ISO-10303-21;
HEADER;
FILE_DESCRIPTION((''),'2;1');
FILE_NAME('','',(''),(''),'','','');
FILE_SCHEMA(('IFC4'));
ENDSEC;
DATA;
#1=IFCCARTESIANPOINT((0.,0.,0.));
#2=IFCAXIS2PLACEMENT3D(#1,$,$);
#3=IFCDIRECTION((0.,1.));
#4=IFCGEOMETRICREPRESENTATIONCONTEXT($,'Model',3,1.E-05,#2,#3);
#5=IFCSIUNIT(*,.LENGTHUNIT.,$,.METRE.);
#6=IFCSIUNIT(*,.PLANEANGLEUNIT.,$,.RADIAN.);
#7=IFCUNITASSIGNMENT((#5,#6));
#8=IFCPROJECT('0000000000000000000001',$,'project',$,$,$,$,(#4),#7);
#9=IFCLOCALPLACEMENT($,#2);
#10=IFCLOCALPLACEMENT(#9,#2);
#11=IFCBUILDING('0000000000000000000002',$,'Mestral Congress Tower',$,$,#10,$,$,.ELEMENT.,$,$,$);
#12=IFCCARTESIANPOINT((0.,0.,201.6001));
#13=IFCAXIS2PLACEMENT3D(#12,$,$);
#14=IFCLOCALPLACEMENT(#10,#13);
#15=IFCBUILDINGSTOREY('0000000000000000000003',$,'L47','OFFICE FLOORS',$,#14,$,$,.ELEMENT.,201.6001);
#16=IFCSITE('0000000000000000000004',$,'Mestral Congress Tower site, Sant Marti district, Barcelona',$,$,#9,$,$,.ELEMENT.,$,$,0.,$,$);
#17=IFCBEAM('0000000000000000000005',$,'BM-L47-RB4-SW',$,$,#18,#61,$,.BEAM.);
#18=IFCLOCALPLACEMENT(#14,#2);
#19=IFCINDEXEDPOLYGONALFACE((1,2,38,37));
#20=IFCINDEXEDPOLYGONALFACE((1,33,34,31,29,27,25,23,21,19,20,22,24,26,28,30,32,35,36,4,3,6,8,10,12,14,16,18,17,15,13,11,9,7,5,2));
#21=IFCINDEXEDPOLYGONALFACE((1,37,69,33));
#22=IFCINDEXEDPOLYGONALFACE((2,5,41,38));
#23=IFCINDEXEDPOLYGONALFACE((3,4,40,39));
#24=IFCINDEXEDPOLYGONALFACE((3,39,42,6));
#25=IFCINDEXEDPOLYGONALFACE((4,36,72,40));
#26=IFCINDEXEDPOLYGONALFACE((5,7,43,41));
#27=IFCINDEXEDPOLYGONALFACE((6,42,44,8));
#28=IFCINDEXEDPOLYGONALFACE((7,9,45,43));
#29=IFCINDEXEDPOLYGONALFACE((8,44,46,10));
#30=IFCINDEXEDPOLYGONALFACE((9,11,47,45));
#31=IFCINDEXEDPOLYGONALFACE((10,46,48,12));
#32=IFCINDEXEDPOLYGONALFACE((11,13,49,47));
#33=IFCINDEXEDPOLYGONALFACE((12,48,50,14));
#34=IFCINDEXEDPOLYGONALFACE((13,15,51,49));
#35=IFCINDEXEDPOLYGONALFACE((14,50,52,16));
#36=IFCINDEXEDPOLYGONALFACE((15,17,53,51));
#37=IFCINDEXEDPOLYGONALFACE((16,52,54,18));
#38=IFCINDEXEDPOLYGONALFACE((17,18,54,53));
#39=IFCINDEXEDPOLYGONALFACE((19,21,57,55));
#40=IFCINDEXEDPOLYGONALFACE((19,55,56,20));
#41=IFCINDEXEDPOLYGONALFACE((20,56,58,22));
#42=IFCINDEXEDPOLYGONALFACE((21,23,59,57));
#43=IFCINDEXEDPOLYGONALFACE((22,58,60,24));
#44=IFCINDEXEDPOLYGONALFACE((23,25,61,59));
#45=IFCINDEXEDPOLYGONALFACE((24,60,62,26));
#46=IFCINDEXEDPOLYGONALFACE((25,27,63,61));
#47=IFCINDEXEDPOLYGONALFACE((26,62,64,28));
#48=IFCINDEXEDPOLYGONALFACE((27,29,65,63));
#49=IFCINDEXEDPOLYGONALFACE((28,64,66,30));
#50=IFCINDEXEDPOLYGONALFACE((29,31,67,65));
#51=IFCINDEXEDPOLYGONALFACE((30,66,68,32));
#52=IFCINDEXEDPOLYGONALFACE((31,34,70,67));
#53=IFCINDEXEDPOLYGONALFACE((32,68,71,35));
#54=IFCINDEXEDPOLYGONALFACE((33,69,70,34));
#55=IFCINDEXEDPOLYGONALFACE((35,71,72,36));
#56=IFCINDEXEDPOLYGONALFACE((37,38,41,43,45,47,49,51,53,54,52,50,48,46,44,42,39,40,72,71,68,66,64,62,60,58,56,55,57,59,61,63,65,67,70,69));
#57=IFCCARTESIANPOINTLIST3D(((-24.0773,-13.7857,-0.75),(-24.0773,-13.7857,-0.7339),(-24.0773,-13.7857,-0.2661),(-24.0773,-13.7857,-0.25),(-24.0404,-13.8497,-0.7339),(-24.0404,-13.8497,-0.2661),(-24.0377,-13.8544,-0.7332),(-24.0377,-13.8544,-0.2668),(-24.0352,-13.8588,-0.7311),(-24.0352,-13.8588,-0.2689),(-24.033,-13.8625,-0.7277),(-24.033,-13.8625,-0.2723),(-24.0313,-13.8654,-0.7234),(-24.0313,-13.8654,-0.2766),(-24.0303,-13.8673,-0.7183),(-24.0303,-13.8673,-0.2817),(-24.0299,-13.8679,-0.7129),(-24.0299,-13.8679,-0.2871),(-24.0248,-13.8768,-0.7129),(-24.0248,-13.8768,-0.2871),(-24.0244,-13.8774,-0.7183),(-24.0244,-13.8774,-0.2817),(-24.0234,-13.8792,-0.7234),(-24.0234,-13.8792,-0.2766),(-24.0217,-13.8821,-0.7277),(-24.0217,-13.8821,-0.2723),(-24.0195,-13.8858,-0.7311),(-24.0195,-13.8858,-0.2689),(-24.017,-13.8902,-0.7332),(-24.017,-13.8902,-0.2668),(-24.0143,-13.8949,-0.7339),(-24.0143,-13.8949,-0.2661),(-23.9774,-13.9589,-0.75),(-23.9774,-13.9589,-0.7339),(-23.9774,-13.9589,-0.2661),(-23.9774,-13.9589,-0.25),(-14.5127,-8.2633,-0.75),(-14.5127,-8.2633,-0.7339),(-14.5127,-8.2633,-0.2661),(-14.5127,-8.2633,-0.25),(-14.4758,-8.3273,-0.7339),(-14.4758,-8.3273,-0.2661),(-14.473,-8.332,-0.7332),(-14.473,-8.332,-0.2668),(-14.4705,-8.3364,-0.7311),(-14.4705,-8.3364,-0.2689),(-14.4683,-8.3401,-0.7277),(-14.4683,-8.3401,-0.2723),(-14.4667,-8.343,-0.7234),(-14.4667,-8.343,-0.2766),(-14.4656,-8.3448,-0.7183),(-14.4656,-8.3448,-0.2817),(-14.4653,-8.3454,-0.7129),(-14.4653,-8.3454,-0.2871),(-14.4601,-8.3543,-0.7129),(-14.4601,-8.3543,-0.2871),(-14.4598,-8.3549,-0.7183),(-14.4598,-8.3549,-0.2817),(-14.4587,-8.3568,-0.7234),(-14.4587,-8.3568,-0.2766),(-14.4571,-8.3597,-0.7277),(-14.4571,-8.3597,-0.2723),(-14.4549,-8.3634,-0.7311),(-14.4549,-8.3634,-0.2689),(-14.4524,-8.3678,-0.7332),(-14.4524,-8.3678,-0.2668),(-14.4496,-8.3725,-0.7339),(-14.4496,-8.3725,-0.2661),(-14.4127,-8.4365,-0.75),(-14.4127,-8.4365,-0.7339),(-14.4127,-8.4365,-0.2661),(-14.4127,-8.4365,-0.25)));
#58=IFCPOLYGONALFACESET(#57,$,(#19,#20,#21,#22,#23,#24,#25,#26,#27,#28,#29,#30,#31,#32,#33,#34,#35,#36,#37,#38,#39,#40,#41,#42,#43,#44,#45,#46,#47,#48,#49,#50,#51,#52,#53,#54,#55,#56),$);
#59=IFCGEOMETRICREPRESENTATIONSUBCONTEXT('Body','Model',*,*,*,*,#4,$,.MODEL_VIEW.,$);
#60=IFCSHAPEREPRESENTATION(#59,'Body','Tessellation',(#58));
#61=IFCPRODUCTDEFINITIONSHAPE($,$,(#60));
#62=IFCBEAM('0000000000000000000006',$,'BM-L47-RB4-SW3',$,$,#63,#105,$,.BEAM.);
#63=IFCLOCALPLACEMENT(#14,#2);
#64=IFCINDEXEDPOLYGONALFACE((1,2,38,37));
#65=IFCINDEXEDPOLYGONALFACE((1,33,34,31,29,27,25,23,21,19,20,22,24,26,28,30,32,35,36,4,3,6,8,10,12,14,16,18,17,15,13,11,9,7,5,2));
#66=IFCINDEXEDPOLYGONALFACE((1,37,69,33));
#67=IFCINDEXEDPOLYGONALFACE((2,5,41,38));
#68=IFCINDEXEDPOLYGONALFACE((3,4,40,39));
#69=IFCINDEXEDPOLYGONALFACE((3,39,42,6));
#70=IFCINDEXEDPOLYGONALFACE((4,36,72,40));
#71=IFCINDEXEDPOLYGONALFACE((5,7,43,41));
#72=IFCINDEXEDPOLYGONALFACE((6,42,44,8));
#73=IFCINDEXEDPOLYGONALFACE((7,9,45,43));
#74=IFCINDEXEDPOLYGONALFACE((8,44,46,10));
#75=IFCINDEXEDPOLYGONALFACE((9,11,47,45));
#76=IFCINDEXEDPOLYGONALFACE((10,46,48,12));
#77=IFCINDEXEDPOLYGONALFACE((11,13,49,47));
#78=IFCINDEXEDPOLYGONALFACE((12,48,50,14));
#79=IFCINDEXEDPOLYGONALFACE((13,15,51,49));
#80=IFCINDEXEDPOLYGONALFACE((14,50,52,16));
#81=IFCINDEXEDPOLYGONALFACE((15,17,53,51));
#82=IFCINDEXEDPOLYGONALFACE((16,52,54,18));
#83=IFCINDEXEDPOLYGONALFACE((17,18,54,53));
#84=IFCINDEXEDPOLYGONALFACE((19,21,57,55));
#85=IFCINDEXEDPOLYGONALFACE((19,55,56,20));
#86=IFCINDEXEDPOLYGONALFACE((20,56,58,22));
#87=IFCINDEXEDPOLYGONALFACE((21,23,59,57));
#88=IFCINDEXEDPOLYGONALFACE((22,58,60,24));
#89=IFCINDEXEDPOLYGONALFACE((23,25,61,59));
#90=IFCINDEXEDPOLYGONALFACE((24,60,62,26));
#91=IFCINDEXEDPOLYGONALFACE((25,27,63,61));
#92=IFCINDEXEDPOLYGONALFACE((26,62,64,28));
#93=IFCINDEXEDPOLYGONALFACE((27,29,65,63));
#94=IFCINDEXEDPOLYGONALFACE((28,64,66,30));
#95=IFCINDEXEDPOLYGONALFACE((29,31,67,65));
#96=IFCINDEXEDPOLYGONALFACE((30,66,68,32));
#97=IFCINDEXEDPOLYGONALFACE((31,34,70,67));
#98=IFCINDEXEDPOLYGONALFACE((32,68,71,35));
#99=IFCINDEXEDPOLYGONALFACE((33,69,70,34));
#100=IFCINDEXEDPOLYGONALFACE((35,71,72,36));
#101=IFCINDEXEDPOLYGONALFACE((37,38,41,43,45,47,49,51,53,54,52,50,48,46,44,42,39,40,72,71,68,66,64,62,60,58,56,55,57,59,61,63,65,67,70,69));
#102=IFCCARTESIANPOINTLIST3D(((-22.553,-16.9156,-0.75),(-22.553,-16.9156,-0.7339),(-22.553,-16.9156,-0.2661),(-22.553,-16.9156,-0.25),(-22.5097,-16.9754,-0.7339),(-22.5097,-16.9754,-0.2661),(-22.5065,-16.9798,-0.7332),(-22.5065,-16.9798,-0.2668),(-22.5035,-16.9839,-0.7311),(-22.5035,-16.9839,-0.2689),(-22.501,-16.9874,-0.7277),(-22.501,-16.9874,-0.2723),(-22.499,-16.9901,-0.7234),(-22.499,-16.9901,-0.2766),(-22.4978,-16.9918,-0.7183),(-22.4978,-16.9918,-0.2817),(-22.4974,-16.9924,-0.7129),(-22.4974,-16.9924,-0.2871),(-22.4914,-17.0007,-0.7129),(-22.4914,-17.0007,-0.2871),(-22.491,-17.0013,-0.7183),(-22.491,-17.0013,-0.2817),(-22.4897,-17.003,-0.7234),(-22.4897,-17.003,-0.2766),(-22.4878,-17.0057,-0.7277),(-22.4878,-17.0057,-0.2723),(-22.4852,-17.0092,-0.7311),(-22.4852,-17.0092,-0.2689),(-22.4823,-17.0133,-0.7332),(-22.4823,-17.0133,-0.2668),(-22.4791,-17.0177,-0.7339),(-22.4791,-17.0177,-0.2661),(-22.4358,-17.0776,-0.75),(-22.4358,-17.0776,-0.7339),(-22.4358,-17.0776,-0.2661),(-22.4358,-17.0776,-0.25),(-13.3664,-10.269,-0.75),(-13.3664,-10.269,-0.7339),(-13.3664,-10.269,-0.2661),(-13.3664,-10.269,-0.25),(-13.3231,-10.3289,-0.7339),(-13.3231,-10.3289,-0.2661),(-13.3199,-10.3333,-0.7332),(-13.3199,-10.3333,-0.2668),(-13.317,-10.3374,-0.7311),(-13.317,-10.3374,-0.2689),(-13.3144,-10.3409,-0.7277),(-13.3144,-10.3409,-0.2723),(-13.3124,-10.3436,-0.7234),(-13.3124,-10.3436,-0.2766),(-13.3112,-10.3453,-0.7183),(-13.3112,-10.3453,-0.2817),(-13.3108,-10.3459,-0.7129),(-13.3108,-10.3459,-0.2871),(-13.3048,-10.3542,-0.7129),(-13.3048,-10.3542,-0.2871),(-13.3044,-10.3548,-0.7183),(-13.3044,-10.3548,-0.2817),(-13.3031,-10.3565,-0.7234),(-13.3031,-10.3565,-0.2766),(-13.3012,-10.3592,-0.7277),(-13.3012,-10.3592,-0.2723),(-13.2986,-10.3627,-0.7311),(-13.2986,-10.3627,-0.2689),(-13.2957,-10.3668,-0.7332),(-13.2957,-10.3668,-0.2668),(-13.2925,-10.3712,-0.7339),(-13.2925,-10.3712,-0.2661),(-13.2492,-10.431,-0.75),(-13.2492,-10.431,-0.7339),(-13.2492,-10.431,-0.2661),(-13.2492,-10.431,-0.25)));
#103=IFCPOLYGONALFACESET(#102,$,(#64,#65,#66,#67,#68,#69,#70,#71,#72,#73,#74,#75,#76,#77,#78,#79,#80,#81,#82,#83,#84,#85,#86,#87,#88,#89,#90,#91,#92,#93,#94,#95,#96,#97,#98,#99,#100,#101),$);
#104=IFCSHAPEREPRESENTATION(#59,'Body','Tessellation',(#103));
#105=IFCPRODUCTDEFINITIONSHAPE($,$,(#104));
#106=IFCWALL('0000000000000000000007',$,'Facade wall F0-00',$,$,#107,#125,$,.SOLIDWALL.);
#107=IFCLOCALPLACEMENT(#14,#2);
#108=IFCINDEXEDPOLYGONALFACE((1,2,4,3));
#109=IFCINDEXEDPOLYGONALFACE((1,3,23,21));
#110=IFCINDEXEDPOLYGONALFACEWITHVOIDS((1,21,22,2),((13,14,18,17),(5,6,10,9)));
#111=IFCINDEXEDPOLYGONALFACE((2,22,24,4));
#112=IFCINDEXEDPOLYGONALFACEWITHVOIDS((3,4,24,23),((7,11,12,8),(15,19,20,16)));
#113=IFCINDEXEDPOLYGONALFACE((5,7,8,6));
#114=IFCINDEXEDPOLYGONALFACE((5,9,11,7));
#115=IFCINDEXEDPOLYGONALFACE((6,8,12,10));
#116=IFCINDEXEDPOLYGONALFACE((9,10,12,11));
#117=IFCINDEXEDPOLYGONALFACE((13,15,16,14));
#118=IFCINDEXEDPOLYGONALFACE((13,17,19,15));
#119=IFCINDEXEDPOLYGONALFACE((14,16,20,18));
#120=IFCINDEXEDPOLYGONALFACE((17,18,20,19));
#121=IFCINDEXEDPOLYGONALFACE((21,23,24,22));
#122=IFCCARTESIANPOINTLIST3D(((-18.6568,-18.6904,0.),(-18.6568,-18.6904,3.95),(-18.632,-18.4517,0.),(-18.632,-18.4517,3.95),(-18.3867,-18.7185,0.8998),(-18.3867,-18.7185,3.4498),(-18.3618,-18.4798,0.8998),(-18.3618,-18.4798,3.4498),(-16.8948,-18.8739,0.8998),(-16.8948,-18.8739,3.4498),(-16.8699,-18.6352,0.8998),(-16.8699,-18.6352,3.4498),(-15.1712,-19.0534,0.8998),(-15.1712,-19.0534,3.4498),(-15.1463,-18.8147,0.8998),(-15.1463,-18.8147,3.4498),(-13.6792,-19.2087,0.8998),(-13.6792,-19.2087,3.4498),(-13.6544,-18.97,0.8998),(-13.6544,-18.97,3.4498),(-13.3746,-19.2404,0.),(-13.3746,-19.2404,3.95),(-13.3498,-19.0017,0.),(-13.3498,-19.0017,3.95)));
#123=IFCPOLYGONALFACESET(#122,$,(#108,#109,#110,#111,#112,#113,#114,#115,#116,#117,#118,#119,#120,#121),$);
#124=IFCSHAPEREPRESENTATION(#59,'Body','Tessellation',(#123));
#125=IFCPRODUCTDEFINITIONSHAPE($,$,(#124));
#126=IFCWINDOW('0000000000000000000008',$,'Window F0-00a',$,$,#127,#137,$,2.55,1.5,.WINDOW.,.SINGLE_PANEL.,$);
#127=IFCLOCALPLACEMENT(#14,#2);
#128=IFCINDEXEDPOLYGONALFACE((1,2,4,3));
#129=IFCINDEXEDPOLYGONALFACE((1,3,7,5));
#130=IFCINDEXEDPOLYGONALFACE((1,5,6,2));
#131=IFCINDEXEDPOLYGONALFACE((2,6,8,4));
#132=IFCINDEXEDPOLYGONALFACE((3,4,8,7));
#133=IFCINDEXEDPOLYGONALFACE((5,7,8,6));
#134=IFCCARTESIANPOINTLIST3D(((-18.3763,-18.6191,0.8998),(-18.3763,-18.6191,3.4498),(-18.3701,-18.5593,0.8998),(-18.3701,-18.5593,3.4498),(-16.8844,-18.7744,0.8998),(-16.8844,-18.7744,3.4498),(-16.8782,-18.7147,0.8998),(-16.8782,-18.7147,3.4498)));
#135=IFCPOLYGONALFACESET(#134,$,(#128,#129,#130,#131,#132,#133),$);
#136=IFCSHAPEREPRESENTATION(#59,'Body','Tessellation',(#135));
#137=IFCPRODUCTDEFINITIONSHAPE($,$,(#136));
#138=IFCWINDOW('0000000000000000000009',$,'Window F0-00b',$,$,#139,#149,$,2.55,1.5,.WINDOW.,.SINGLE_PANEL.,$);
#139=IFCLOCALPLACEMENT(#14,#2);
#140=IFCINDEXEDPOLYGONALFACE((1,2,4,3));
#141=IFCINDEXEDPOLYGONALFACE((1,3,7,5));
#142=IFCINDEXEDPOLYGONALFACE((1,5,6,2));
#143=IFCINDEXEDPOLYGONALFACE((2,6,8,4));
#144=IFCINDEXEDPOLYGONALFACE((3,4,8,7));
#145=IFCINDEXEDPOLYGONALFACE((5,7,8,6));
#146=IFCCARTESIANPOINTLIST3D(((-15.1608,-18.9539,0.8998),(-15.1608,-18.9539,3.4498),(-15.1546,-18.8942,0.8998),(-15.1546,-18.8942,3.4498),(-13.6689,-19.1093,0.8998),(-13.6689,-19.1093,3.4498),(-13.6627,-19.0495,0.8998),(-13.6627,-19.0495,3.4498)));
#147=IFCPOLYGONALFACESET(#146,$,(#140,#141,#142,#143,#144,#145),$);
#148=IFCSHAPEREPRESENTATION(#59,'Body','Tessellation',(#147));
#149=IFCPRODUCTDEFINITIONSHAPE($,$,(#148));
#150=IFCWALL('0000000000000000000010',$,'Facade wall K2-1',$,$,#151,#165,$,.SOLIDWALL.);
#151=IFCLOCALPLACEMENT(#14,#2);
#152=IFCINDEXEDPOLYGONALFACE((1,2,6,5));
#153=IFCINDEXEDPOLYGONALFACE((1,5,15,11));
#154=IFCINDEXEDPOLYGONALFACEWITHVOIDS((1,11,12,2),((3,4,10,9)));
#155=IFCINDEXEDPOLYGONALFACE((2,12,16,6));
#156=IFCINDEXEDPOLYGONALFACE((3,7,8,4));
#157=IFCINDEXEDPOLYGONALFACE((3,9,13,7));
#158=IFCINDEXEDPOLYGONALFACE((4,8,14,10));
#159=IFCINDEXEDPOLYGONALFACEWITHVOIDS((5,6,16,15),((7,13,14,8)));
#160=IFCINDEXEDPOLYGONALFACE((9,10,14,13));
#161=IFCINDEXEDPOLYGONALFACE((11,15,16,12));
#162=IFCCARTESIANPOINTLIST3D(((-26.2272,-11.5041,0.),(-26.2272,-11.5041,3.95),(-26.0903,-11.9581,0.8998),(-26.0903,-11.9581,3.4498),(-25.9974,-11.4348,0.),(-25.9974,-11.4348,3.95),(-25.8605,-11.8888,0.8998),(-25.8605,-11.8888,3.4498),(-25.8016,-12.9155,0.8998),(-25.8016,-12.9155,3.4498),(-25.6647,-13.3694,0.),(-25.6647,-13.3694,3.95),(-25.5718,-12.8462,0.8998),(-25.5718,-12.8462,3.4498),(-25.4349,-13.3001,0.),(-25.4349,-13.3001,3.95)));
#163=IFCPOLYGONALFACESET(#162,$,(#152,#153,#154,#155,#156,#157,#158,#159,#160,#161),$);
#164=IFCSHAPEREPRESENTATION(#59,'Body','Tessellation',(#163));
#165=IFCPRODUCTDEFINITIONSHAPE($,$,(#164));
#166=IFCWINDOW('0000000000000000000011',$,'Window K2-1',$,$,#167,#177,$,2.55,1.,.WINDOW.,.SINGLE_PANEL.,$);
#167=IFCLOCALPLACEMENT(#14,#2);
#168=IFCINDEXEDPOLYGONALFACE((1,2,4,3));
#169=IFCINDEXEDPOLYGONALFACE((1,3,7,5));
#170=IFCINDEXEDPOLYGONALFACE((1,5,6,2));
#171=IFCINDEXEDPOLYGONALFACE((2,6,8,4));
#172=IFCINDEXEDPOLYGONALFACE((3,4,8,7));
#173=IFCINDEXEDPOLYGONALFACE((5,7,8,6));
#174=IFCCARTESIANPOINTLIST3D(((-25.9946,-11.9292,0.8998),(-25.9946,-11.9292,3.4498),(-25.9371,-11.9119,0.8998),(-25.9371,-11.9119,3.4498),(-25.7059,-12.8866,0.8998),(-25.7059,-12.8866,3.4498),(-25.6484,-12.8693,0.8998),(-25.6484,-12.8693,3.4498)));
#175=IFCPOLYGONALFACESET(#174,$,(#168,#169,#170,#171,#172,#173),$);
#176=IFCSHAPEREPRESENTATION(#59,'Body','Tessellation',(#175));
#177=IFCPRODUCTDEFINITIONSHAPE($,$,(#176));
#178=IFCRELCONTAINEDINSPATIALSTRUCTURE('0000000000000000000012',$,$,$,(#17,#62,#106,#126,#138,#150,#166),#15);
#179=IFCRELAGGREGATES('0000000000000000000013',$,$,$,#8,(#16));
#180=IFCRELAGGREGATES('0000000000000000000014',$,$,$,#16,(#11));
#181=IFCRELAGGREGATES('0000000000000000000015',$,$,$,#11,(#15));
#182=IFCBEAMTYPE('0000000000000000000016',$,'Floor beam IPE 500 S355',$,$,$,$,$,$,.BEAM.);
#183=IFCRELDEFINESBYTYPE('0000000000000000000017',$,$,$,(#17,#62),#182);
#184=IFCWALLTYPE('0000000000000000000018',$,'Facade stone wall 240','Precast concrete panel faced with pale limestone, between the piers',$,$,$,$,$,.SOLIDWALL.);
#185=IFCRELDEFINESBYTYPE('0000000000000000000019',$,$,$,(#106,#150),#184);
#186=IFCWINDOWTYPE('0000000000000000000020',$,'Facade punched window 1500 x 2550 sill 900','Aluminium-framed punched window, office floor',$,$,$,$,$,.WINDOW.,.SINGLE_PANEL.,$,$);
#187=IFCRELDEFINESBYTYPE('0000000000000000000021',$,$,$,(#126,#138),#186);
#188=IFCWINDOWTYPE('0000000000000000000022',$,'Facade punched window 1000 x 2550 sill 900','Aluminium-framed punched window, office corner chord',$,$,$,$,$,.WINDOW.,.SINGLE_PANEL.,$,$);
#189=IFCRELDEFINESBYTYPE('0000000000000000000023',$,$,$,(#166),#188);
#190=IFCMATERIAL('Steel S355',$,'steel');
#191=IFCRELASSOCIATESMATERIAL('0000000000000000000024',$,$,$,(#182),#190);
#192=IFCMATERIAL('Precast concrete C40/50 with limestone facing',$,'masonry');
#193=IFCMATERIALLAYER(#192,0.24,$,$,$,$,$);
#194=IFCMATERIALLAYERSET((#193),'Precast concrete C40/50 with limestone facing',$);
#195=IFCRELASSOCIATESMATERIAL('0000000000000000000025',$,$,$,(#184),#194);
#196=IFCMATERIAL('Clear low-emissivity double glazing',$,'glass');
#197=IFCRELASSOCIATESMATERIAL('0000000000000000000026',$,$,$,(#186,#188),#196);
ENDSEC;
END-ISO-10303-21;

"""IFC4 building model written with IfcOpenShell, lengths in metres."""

from ifc_helpers import new_model, si_unit, direction, frame, frame_2d, origin, origin_2d, place, context, subcontext, project, spatial, rectangle, i_section, extrude, material, layer, layer_set, material_profile, profile_set, type_object, element, fill, save


model = new_model("IFC4")

# Units and contexts
model_context = context("Model", 3, precision=1e-05, world=origin(), true_north=direction((0.0, 1.0)))
body_context = subcontext(model_context, "Body", "Model", "MODEL_VIEW")
ifc_project = project(units=[si_unit("LENGTHUNIT", "METRE"), si_unit("PLANEANGLEUNIT", "RADIAN")], contexts=[model_context])

# Site, building, storey
site_placement = place(None, origin())
site = spatial("IfcSite", under=ifc_project, at=site_placement, Name="Mestral Congress Tower site, Sant Marti district, Barcelona", CompositionType="ELEMENT", RefElevation=0.0)
building_placement = place(site_placement, origin())
building = spatial("IfcBuilding", under=site, at=building_placement, Name="Mestral Congress Tower", CompositionType="ELEMENT")
storey_placement = place(building_placement, frame((0.0, 0.0, 201.6001)))
storey = spatial("IfcBuildingStorey", under=building, at=storey_placement, Name="L47", Description="OFFICE FLOORS", CompositionType="ELEMENT", Elevation=201.6001)

# Beams
ifc_material_1 = material(Name="Steel S355", Category="steel")
ifc_material_profile_1 = material_profile(ifc_material_1, i_section(OverallWidth=0.2, OverallDepth=0.5, WebThickness=0.0103, FlangeThickness=0.0161, FilletRadius=0.021, at=origin_2d()), Name="IPE 500")
ifc_profile_set_1 = profile_set([ifc_material_profile_1], Name="Steel S355")
beam_type_1 = type_object("IfcBeamType", Name="Floor beam IPE 500 S355", PredefinedType="BEAM", material=ifc_profile_set_1)
beam_1_placement = place(storey_placement, frame((-24.0273, -13.8723, -0.5), z_axis=(0.866014, 0.500019, 0.0), x_axis=(-0.500019, 0.866014, 0.0)))
element("IfcBeam", 1, at=beam_1_placement, inside=storey, type_object=beam_type_1, Name="BM-L47-RB4-SW", PredefinedType="BEAM", context=body_context, shape_type="SweptSolid", body=[
    extrude(i_section(OverallWidth=0.2, OverallDepth=0.5, WebThickness=0.0103, FlangeThickness=0.0161, FilletRadius=0.021, at=origin_2d()), origin(), (0.0, 0.0, 1.0), 11.0444),
])
beam_2_placement = place(storey_placement, frame((-22.4944, -16.9966, -0.5), z_axis=(0.810186, 0.586173, 0.0), x_axis=(-0.586173, 0.810186, 0.0)))
element("IfcBeam", 2, at=beam_2_placement, inside=storey, type_object=beam_type_1, Name="BM-L47-RB4-SW3", PredefinedType="BEAM", context=body_context, shape_type="SweptSolid", body=[
    extrude(i_section(OverallWidth=0.2, OverallDepth=0.5, WebThickness=0.0103, FlangeThickness=0.0161, FilletRadius=0.021, at=origin_2d()), origin(), (0.0, 0.0, 1.0), 11.3389),
])

# Wall, openings, windows
ifc_material_2 = material(Name="Precast concrete C40/50 with limestone facing", Category="masonry")
ifc_layer_1 = layer(ifc_material_2, 0.24)
ifc_layer_set_1 = layer_set([ifc_layer_1], Name="Precast concrete C40/50 with limestone facing")
wall_type_1 = type_object("IfcWallType", Name="Facade stone wall 240", Description="Precast concrete panel faced with pale limestone, between the piers", PredefinedType="SOLIDWALL", material=ifc_layer_set_1)
wall_1_placement = place(storey_placement, frame((-18.6443, -18.571, 0.0), z_axis=(0.0, 0.0, 1.0), x_axis=(0.994622, -0.103572, 0.0)))
wall_1 = element("IfcWall", 3, at=wall_1_placement, inside=storey, type_object=wall_type_1, Name="Facade wall F0-00", PredefinedType="SOLIDWALL", context=body_context, shape_type="SweptSolid", body=[
    extrude(rectangle(XDim=5.3108, YDim=0.24, at=frame_2d((2.6553, 0.0))), origin(), (0.0, 0.0, 1.0), 3.95),
])
opening_1_placement = place(wall_1_placement, frame((0.2715, 0.0, 0.8999)))
opening_1 = element("IfcOpeningElement", 4, at=opening_1_placement, cuts=wall_1, PredefinedType="OPENING", context=body_context, shape_type="SweptSolid", body=[
    extrude(rectangle(XDim=1.5, YDim=2.55, at=frame_2d((0.75, 1.2749))), frame((0.0, 0.1299, 0.0), z_axis=(0.0, -1.0, 0.0), x_axis=(1.0, 0.0, 0.0)), (0.0, 0.0, 1.0), 0.26),
])
opening_2_placement = place(wall_1_placement, frame((3.5044, 0.0, 0.8999)))
opening_2 = element("IfcOpeningElement", 5, at=opening_2_placement, cuts=wall_1, PredefinedType="OPENING", context=body_context, shape_type="SweptSolid", body=[
    extrude(rectangle(XDim=1.5, YDim=2.55, at=frame_2d((0.75, 1.2749))), frame((0.0, 0.1299, 0.0), z_axis=(0.0, -1.0, 0.0), x_axis=(1.0, 0.0, 0.0)), (0.0, 0.0, 1.0), 0.26),
])
ifc_material_3 = material(Name="Clear low-emissivity double glazing", Category="glass")
window_type_1 = type_object("IfcWindowType", Name="Facade punched window 1500 x 2550 sill 900", Description="Aluminium-framed punched window, office floor", PartitioningType="SINGLE_PANEL", PredefinedType="WINDOW", material=ifc_material_3)
window_1_placement = place(opening_1_placement, origin())
window_1 = element("IfcWindow", 6, at=window_1_placement, inside=storey, type_object=window_type_1, Name="Window F0-00a", OverallHeight=2.55, OverallWidth=1.5, PartitioningType="SINGLE_PANEL", PredefinedType="WINDOW", context=body_context, shape_type="SweptSolid", body=[
    extrude(rectangle(XDim=1.5, YDim=2.55, at=frame_2d((0.75, 1.2749))), frame((0.0, 0.04, 0.0), z_axis=(0.0, -1.0, 0.0), x_axis=(1.0, 0.0, 0.0)), (0.0, 0.0, 1.0), 0.0601),
])
fill(opening_1, window_1)
window_2_placement = place(opening_2_placement, origin())
window_2 = element("IfcWindow", 7, at=window_2_placement, inside=storey, type_object=window_type_1, Name="Window F0-00b", OverallHeight=2.55, OverallWidth=1.5, PartitioningType="SINGLE_PANEL", PredefinedType="WINDOW", context=body_context, shape_type="SweptSolid", body=[
    extrude(rectangle(XDim=1.5, YDim=2.55, at=frame_2d((0.75, 1.2749))), frame((0.0, 0.04, 0.0), z_axis=(0.0, -1.0, 0.0), x_axis=(1.0, 0.0, 0.0)), (0.0, 0.0, 1.0), 0.0601),
])
fill(opening_2, window_2)

# Wall, opening, window
wall_2_placement = place(storey_placement, frame((-26.1123, -11.4695, 0.0), z_axis=(0.0, 0.0, 1.0), x_axis=(0.288727, -0.957411, 0.0)))
wall_2 = element("IfcWall", 8, at=wall_2_placement, inside=storey, type_object=wall_type_1, Name="Facade wall K2-1", PredefinedType="SOLIDWALL", context=body_context, shape_type="SweptSolid", body=[
    extrude(rectangle(XDim=1.9482, YDim=0.24, at=frame_2d((0.9741, 0.0))), origin(), (0.0, 0.0, 1.0), 3.95),
])
opening_3_placement = place(wall_2_placement, frame((0.4741, 0.0, 0.8999)))
opening_3 = element("IfcOpeningElement", 9, at=opening_3_placement, cuts=wall_2, PredefinedType="OPENING", context=body_context, shape_type="SweptSolid", body=[
    extrude(rectangle(XDim=1.0, YDim=2.55, at=frame_2d((0.5, 1.2749))), frame((0.0, 0.1299, 0.0), z_axis=(0.0, -1.0, 0.0), x_axis=(1.0, 0.0, 0.0)), (0.0, 0.0, 1.0), 0.26),
])
window_type_2 = type_object("IfcWindowType", Name="Facade punched window 1000 x 2550 sill 900", Description="Aluminium-framed punched window, office corner chord", PartitioningType="SINGLE_PANEL", PredefinedType="WINDOW", material=ifc_material_3)
window_3_placement = place(opening_3_placement, origin())
window_3 = element("IfcWindow", 10, at=window_3_placement, inside=storey, type_object=window_type_2, Name="Window K2-1", OverallHeight=2.55, OverallWidth=1.0, PartitioningType="SINGLE_PANEL", PredefinedType="WINDOW", context=body_context, shape_type="SweptSolid", body=[
    extrude(rectangle(XDim=1.0, YDim=2.55, at=frame_2d((0.5, 1.2749))), frame((0.0, 0.04, 0.0), z_axis=(0.0, -1.0, 0.0), x_axis=(1.0, 0.0, 0.0)), (0.0, 0.0, 1.0), 0.0601),
])
fill(opening_3, window_3)

save(model, "model.ifc")
